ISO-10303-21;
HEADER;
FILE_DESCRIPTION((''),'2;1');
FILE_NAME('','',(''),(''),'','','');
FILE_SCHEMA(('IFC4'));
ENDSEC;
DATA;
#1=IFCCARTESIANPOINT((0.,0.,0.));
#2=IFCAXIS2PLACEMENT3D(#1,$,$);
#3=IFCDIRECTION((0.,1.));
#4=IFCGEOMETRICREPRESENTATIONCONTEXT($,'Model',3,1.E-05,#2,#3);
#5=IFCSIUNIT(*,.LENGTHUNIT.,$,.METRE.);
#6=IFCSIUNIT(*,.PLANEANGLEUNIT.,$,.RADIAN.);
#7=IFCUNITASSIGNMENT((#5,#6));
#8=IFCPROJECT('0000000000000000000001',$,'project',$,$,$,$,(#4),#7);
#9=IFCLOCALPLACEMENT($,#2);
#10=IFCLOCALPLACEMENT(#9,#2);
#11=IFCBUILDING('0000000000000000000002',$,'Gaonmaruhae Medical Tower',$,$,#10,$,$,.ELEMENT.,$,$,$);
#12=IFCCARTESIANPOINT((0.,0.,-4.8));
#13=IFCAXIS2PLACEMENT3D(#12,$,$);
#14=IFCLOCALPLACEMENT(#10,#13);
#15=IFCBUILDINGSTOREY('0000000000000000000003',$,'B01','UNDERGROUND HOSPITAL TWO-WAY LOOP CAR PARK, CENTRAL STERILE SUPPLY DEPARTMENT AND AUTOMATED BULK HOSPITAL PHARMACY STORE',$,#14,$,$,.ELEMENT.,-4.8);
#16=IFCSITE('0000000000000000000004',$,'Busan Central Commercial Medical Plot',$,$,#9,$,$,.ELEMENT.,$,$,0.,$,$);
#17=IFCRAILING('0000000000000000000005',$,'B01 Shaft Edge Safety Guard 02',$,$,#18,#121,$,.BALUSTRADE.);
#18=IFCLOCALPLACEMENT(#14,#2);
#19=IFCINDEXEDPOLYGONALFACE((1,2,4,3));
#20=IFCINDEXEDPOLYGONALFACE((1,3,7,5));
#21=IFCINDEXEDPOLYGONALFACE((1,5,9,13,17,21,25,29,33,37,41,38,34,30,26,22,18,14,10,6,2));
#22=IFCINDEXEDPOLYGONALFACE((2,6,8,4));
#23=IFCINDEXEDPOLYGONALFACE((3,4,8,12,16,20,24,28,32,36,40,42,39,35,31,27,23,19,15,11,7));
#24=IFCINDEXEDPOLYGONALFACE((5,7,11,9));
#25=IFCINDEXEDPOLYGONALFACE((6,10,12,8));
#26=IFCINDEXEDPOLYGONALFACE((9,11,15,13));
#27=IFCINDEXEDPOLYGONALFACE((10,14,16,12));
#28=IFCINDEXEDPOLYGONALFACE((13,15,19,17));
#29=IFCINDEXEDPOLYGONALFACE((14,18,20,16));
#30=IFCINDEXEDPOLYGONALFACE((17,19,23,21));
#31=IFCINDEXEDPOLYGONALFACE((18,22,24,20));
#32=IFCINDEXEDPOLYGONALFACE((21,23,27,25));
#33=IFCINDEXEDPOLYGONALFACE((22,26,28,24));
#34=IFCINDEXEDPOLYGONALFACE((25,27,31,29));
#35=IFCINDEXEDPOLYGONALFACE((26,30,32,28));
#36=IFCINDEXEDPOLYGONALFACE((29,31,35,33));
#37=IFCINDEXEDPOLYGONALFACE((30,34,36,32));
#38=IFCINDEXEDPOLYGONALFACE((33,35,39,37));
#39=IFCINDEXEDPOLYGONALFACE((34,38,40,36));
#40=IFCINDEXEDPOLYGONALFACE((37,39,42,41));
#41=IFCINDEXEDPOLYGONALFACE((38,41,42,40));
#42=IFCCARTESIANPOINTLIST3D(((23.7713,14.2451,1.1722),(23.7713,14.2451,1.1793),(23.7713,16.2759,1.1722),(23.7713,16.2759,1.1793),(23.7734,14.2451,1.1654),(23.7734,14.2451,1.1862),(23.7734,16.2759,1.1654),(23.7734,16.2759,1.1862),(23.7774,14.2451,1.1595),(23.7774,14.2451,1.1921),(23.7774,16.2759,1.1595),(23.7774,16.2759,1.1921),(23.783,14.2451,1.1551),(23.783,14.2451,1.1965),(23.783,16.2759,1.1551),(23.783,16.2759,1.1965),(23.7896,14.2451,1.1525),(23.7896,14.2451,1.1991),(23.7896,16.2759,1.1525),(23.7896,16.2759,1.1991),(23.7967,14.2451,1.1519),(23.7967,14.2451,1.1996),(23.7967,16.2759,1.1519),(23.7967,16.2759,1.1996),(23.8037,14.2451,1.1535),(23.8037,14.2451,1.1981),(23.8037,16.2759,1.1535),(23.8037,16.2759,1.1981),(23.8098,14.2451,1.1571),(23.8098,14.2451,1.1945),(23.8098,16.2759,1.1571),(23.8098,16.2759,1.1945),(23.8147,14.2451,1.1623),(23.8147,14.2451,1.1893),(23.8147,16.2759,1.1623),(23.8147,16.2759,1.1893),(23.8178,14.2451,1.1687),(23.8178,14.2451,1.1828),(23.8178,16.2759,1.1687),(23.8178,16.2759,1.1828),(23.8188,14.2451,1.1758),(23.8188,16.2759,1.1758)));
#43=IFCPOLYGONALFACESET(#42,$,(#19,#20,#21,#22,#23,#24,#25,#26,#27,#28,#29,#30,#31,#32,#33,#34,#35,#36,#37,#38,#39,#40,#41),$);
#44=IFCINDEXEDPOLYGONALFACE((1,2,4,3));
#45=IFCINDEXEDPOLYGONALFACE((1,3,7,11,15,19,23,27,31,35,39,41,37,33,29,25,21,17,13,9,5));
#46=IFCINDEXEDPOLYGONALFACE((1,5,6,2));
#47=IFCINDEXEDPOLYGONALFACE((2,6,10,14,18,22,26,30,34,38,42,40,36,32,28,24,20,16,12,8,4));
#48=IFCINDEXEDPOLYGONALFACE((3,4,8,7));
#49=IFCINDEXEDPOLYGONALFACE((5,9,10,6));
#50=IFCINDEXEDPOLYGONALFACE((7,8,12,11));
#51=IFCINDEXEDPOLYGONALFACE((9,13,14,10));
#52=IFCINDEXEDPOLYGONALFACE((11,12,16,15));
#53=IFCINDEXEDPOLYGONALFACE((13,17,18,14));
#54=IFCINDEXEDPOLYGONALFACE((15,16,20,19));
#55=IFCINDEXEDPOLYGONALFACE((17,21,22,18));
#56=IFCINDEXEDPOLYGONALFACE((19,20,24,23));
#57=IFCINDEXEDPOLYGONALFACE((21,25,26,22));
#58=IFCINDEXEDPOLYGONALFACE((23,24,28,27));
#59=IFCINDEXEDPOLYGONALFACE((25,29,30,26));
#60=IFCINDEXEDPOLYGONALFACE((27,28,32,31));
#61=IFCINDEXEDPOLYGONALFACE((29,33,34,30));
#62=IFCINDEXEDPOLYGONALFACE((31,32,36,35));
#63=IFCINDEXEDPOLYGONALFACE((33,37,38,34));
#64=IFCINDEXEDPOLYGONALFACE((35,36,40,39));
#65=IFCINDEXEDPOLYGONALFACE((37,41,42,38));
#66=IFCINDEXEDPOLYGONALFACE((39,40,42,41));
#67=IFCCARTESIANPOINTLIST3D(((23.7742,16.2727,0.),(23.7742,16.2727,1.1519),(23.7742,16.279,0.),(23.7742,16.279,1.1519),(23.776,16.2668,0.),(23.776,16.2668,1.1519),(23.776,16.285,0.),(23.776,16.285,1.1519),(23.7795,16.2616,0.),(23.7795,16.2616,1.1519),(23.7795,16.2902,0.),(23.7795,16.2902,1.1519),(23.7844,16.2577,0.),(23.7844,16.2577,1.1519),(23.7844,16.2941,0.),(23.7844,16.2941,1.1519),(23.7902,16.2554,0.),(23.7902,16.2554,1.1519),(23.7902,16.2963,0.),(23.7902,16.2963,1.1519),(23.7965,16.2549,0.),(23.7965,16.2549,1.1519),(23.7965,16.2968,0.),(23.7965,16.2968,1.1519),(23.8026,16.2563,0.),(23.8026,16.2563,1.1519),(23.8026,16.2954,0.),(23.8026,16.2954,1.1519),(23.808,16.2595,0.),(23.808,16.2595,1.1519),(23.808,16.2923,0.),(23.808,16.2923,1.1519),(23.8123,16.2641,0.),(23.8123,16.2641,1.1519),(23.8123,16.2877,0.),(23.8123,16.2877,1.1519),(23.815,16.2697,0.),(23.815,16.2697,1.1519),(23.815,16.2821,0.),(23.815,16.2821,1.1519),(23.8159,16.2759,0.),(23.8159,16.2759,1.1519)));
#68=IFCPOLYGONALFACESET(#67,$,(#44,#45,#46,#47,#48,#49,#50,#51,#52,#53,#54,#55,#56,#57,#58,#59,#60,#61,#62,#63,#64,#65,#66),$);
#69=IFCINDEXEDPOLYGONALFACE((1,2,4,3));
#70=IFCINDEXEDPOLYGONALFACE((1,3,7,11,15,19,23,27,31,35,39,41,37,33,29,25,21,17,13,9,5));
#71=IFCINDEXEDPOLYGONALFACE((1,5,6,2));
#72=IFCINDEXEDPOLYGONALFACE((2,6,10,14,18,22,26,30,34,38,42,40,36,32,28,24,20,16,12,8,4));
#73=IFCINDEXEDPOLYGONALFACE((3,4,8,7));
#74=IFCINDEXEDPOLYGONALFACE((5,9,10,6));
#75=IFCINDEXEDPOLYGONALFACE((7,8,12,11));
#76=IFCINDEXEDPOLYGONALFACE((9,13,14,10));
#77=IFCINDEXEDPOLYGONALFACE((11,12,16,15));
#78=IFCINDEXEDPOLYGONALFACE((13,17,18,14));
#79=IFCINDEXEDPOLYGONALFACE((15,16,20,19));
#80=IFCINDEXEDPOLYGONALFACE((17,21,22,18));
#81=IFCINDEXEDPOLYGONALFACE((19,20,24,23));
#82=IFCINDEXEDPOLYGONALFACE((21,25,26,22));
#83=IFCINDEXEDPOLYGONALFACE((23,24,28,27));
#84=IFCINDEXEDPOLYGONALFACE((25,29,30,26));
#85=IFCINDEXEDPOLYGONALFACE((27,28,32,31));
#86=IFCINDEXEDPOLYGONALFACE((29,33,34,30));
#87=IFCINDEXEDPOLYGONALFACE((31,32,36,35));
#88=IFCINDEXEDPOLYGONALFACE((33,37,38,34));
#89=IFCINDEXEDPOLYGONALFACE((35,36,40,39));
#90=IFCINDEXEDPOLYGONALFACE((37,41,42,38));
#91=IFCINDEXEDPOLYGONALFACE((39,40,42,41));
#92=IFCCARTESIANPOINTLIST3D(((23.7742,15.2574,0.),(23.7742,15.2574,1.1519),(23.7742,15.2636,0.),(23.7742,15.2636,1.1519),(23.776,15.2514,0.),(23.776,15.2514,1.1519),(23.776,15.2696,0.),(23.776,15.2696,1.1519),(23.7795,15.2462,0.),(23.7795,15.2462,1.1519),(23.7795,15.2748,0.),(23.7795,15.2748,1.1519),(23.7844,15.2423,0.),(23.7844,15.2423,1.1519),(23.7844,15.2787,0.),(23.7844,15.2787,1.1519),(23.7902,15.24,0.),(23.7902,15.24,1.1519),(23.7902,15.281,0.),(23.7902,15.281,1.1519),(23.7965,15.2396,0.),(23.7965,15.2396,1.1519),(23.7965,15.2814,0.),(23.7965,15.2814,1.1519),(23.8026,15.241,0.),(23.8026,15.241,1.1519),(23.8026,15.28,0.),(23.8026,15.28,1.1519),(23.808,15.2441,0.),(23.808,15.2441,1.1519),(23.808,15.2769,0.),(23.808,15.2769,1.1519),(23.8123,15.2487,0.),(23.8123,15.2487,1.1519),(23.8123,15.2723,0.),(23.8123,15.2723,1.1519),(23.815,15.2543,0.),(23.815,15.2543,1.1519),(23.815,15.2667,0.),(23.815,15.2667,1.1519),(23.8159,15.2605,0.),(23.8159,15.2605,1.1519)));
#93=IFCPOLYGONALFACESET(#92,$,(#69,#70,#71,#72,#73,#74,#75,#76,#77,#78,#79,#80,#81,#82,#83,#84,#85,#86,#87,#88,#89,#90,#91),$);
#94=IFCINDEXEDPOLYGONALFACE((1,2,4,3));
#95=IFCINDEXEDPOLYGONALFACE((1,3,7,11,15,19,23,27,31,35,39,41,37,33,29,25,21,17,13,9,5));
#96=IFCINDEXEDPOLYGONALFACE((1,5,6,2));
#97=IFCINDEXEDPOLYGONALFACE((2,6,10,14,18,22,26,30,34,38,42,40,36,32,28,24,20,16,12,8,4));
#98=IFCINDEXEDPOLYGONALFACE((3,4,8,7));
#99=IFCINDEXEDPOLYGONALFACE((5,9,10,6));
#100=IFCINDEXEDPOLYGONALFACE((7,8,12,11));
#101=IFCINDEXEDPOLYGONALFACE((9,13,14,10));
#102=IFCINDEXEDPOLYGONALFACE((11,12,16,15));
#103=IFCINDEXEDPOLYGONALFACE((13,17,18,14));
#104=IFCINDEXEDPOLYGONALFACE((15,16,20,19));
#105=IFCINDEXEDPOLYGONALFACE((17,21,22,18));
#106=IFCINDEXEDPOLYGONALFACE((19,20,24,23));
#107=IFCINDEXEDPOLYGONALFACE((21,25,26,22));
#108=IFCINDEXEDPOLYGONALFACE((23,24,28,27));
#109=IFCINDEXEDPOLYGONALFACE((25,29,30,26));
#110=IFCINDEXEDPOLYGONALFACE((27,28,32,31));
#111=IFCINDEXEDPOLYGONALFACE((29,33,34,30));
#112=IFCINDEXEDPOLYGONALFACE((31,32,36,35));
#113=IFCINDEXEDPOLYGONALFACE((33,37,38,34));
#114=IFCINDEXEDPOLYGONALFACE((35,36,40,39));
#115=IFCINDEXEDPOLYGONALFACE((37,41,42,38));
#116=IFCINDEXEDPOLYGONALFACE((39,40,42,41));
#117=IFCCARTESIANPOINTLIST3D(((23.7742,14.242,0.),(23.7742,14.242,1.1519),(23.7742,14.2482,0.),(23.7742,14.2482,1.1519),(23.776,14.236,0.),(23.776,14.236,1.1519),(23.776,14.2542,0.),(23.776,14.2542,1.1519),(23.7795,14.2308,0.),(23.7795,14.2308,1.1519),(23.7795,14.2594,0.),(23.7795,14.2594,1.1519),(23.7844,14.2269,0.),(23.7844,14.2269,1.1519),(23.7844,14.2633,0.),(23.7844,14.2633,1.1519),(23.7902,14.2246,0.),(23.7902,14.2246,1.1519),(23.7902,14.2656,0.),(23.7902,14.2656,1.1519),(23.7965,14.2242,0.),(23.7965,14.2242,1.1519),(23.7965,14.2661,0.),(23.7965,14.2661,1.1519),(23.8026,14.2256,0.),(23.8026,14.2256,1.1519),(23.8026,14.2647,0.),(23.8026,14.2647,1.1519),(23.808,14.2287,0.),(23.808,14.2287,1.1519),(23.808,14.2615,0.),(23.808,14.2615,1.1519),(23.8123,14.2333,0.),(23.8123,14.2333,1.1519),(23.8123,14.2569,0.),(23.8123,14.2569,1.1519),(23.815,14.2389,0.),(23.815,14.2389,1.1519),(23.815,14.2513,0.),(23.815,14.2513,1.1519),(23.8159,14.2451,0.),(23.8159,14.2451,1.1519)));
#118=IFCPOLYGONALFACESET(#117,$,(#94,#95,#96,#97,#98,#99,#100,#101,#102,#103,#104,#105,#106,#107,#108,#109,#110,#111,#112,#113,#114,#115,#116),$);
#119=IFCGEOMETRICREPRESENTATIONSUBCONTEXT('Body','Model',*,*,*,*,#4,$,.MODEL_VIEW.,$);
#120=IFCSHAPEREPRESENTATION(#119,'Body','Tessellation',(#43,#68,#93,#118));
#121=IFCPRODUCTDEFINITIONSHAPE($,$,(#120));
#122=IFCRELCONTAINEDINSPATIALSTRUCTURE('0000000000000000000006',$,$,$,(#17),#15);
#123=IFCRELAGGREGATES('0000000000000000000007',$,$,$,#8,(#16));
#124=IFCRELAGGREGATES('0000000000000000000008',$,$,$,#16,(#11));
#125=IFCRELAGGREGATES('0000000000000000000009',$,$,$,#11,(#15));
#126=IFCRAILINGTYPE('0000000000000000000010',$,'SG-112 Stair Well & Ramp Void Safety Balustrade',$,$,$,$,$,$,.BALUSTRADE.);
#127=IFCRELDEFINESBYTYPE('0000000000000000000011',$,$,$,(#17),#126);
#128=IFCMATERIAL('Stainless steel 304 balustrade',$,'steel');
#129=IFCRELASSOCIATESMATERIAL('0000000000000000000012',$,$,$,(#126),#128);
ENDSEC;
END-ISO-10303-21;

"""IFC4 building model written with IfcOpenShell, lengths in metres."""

from ifc_helpers import new_model, si_unit, direction, frame, origin, origin_2d, place, context, subcontext, project, spatial, circle, extrude, material, type_object, element, save


model = new_model("IFC4")

# Units and contexts
model_context = context("Model", 3, precision=1e-05, world=origin(), true_north=direction((0.0, 1.0)))
body_context = subcontext(model_context, "Body", "Model", "MODEL_VIEW")
ifc_project = project(units=[si_unit("LENGTHUNIT", "METRE"), si_unit("PLANEANGLEUNIT", "RADIAN")], contexts=[model_context])

# Site, building, storey
site_placement = place(None, origin())
site = spatial("IfcSite", under=ifc_project, at=site_placement, Name="Busan Central Commercial Medical Plot", CompositionType="ELEMENT", RefElevation=0.0)
building_placement = place(site_placement, origin())
building = spatial("IfcBuilding", under=site, at=building_placement, Name="Gaonmaruhae Medical Tower", CompositionType="ELEMENT")
storey_placement = place(building_placement, frame((0.0, 0.0, -4.8)))
storey = spatial("IfcBuildingStorey", under=building, at=storey_placement, Name="B01", Description="UNDERGROUND HOSPITAL TWO-WAY LOOP CAR PARK, CENTRAL STERILE SUPPLY DEPARTMENT AND AUTOMATED BULK HOSPITAL PHARMACY STORE", CompositionType="ELEMENT", Elevation=-4.8)

# Railing
ifc_material_1 = material(Name="Stainless steel 304 balustrade", Category="steel")
railing_type = type_object("IfcRailingType", Name="SG-112 Stair Well & Ramp Void Safety Balustrade", PredefinedType="BALUSTRADE", material=ifc_material_1)
railing_placement = place(storey_placement, frame((23.7949, 16.2759, 0.0)))
element("IfcRailing", 1, at=railing_placement, inside=storey, type_object=railing_type, Name="B01 Shaft Edge Safety Guard 02", PredefinedType="BALUSTRADE", context=body_context, shape_type="SweptSolid", body=[
    extrude(circle(Radius=0.0239, at=origin_2d()), frame((0.0, 0.0, 1.1758), z_axis=(0.0, -1.0, 0.0), x_axis=(1.0, 0.0, 0.0)), (0.0, 0.0, 1.0), 2.0308),
    extrude(circle(Radius=0.021, at=origin_2d()), origin(), (0.0, 0.0, 1.0), 1.1519),
    extrude(circle(Radius=0.021, at=origin_2d()), frame((0.0, -1.0154, 0.0)), (0.0, 0.0, 1.0), 1.1519),
    extrude(circle(Radius=0.021, at=origin_2d()), frame((0.0, -2.0308, 0.0)), (0.0, 0.0, 1.0), 1.1519),
])

save(model, "model.ifc")
